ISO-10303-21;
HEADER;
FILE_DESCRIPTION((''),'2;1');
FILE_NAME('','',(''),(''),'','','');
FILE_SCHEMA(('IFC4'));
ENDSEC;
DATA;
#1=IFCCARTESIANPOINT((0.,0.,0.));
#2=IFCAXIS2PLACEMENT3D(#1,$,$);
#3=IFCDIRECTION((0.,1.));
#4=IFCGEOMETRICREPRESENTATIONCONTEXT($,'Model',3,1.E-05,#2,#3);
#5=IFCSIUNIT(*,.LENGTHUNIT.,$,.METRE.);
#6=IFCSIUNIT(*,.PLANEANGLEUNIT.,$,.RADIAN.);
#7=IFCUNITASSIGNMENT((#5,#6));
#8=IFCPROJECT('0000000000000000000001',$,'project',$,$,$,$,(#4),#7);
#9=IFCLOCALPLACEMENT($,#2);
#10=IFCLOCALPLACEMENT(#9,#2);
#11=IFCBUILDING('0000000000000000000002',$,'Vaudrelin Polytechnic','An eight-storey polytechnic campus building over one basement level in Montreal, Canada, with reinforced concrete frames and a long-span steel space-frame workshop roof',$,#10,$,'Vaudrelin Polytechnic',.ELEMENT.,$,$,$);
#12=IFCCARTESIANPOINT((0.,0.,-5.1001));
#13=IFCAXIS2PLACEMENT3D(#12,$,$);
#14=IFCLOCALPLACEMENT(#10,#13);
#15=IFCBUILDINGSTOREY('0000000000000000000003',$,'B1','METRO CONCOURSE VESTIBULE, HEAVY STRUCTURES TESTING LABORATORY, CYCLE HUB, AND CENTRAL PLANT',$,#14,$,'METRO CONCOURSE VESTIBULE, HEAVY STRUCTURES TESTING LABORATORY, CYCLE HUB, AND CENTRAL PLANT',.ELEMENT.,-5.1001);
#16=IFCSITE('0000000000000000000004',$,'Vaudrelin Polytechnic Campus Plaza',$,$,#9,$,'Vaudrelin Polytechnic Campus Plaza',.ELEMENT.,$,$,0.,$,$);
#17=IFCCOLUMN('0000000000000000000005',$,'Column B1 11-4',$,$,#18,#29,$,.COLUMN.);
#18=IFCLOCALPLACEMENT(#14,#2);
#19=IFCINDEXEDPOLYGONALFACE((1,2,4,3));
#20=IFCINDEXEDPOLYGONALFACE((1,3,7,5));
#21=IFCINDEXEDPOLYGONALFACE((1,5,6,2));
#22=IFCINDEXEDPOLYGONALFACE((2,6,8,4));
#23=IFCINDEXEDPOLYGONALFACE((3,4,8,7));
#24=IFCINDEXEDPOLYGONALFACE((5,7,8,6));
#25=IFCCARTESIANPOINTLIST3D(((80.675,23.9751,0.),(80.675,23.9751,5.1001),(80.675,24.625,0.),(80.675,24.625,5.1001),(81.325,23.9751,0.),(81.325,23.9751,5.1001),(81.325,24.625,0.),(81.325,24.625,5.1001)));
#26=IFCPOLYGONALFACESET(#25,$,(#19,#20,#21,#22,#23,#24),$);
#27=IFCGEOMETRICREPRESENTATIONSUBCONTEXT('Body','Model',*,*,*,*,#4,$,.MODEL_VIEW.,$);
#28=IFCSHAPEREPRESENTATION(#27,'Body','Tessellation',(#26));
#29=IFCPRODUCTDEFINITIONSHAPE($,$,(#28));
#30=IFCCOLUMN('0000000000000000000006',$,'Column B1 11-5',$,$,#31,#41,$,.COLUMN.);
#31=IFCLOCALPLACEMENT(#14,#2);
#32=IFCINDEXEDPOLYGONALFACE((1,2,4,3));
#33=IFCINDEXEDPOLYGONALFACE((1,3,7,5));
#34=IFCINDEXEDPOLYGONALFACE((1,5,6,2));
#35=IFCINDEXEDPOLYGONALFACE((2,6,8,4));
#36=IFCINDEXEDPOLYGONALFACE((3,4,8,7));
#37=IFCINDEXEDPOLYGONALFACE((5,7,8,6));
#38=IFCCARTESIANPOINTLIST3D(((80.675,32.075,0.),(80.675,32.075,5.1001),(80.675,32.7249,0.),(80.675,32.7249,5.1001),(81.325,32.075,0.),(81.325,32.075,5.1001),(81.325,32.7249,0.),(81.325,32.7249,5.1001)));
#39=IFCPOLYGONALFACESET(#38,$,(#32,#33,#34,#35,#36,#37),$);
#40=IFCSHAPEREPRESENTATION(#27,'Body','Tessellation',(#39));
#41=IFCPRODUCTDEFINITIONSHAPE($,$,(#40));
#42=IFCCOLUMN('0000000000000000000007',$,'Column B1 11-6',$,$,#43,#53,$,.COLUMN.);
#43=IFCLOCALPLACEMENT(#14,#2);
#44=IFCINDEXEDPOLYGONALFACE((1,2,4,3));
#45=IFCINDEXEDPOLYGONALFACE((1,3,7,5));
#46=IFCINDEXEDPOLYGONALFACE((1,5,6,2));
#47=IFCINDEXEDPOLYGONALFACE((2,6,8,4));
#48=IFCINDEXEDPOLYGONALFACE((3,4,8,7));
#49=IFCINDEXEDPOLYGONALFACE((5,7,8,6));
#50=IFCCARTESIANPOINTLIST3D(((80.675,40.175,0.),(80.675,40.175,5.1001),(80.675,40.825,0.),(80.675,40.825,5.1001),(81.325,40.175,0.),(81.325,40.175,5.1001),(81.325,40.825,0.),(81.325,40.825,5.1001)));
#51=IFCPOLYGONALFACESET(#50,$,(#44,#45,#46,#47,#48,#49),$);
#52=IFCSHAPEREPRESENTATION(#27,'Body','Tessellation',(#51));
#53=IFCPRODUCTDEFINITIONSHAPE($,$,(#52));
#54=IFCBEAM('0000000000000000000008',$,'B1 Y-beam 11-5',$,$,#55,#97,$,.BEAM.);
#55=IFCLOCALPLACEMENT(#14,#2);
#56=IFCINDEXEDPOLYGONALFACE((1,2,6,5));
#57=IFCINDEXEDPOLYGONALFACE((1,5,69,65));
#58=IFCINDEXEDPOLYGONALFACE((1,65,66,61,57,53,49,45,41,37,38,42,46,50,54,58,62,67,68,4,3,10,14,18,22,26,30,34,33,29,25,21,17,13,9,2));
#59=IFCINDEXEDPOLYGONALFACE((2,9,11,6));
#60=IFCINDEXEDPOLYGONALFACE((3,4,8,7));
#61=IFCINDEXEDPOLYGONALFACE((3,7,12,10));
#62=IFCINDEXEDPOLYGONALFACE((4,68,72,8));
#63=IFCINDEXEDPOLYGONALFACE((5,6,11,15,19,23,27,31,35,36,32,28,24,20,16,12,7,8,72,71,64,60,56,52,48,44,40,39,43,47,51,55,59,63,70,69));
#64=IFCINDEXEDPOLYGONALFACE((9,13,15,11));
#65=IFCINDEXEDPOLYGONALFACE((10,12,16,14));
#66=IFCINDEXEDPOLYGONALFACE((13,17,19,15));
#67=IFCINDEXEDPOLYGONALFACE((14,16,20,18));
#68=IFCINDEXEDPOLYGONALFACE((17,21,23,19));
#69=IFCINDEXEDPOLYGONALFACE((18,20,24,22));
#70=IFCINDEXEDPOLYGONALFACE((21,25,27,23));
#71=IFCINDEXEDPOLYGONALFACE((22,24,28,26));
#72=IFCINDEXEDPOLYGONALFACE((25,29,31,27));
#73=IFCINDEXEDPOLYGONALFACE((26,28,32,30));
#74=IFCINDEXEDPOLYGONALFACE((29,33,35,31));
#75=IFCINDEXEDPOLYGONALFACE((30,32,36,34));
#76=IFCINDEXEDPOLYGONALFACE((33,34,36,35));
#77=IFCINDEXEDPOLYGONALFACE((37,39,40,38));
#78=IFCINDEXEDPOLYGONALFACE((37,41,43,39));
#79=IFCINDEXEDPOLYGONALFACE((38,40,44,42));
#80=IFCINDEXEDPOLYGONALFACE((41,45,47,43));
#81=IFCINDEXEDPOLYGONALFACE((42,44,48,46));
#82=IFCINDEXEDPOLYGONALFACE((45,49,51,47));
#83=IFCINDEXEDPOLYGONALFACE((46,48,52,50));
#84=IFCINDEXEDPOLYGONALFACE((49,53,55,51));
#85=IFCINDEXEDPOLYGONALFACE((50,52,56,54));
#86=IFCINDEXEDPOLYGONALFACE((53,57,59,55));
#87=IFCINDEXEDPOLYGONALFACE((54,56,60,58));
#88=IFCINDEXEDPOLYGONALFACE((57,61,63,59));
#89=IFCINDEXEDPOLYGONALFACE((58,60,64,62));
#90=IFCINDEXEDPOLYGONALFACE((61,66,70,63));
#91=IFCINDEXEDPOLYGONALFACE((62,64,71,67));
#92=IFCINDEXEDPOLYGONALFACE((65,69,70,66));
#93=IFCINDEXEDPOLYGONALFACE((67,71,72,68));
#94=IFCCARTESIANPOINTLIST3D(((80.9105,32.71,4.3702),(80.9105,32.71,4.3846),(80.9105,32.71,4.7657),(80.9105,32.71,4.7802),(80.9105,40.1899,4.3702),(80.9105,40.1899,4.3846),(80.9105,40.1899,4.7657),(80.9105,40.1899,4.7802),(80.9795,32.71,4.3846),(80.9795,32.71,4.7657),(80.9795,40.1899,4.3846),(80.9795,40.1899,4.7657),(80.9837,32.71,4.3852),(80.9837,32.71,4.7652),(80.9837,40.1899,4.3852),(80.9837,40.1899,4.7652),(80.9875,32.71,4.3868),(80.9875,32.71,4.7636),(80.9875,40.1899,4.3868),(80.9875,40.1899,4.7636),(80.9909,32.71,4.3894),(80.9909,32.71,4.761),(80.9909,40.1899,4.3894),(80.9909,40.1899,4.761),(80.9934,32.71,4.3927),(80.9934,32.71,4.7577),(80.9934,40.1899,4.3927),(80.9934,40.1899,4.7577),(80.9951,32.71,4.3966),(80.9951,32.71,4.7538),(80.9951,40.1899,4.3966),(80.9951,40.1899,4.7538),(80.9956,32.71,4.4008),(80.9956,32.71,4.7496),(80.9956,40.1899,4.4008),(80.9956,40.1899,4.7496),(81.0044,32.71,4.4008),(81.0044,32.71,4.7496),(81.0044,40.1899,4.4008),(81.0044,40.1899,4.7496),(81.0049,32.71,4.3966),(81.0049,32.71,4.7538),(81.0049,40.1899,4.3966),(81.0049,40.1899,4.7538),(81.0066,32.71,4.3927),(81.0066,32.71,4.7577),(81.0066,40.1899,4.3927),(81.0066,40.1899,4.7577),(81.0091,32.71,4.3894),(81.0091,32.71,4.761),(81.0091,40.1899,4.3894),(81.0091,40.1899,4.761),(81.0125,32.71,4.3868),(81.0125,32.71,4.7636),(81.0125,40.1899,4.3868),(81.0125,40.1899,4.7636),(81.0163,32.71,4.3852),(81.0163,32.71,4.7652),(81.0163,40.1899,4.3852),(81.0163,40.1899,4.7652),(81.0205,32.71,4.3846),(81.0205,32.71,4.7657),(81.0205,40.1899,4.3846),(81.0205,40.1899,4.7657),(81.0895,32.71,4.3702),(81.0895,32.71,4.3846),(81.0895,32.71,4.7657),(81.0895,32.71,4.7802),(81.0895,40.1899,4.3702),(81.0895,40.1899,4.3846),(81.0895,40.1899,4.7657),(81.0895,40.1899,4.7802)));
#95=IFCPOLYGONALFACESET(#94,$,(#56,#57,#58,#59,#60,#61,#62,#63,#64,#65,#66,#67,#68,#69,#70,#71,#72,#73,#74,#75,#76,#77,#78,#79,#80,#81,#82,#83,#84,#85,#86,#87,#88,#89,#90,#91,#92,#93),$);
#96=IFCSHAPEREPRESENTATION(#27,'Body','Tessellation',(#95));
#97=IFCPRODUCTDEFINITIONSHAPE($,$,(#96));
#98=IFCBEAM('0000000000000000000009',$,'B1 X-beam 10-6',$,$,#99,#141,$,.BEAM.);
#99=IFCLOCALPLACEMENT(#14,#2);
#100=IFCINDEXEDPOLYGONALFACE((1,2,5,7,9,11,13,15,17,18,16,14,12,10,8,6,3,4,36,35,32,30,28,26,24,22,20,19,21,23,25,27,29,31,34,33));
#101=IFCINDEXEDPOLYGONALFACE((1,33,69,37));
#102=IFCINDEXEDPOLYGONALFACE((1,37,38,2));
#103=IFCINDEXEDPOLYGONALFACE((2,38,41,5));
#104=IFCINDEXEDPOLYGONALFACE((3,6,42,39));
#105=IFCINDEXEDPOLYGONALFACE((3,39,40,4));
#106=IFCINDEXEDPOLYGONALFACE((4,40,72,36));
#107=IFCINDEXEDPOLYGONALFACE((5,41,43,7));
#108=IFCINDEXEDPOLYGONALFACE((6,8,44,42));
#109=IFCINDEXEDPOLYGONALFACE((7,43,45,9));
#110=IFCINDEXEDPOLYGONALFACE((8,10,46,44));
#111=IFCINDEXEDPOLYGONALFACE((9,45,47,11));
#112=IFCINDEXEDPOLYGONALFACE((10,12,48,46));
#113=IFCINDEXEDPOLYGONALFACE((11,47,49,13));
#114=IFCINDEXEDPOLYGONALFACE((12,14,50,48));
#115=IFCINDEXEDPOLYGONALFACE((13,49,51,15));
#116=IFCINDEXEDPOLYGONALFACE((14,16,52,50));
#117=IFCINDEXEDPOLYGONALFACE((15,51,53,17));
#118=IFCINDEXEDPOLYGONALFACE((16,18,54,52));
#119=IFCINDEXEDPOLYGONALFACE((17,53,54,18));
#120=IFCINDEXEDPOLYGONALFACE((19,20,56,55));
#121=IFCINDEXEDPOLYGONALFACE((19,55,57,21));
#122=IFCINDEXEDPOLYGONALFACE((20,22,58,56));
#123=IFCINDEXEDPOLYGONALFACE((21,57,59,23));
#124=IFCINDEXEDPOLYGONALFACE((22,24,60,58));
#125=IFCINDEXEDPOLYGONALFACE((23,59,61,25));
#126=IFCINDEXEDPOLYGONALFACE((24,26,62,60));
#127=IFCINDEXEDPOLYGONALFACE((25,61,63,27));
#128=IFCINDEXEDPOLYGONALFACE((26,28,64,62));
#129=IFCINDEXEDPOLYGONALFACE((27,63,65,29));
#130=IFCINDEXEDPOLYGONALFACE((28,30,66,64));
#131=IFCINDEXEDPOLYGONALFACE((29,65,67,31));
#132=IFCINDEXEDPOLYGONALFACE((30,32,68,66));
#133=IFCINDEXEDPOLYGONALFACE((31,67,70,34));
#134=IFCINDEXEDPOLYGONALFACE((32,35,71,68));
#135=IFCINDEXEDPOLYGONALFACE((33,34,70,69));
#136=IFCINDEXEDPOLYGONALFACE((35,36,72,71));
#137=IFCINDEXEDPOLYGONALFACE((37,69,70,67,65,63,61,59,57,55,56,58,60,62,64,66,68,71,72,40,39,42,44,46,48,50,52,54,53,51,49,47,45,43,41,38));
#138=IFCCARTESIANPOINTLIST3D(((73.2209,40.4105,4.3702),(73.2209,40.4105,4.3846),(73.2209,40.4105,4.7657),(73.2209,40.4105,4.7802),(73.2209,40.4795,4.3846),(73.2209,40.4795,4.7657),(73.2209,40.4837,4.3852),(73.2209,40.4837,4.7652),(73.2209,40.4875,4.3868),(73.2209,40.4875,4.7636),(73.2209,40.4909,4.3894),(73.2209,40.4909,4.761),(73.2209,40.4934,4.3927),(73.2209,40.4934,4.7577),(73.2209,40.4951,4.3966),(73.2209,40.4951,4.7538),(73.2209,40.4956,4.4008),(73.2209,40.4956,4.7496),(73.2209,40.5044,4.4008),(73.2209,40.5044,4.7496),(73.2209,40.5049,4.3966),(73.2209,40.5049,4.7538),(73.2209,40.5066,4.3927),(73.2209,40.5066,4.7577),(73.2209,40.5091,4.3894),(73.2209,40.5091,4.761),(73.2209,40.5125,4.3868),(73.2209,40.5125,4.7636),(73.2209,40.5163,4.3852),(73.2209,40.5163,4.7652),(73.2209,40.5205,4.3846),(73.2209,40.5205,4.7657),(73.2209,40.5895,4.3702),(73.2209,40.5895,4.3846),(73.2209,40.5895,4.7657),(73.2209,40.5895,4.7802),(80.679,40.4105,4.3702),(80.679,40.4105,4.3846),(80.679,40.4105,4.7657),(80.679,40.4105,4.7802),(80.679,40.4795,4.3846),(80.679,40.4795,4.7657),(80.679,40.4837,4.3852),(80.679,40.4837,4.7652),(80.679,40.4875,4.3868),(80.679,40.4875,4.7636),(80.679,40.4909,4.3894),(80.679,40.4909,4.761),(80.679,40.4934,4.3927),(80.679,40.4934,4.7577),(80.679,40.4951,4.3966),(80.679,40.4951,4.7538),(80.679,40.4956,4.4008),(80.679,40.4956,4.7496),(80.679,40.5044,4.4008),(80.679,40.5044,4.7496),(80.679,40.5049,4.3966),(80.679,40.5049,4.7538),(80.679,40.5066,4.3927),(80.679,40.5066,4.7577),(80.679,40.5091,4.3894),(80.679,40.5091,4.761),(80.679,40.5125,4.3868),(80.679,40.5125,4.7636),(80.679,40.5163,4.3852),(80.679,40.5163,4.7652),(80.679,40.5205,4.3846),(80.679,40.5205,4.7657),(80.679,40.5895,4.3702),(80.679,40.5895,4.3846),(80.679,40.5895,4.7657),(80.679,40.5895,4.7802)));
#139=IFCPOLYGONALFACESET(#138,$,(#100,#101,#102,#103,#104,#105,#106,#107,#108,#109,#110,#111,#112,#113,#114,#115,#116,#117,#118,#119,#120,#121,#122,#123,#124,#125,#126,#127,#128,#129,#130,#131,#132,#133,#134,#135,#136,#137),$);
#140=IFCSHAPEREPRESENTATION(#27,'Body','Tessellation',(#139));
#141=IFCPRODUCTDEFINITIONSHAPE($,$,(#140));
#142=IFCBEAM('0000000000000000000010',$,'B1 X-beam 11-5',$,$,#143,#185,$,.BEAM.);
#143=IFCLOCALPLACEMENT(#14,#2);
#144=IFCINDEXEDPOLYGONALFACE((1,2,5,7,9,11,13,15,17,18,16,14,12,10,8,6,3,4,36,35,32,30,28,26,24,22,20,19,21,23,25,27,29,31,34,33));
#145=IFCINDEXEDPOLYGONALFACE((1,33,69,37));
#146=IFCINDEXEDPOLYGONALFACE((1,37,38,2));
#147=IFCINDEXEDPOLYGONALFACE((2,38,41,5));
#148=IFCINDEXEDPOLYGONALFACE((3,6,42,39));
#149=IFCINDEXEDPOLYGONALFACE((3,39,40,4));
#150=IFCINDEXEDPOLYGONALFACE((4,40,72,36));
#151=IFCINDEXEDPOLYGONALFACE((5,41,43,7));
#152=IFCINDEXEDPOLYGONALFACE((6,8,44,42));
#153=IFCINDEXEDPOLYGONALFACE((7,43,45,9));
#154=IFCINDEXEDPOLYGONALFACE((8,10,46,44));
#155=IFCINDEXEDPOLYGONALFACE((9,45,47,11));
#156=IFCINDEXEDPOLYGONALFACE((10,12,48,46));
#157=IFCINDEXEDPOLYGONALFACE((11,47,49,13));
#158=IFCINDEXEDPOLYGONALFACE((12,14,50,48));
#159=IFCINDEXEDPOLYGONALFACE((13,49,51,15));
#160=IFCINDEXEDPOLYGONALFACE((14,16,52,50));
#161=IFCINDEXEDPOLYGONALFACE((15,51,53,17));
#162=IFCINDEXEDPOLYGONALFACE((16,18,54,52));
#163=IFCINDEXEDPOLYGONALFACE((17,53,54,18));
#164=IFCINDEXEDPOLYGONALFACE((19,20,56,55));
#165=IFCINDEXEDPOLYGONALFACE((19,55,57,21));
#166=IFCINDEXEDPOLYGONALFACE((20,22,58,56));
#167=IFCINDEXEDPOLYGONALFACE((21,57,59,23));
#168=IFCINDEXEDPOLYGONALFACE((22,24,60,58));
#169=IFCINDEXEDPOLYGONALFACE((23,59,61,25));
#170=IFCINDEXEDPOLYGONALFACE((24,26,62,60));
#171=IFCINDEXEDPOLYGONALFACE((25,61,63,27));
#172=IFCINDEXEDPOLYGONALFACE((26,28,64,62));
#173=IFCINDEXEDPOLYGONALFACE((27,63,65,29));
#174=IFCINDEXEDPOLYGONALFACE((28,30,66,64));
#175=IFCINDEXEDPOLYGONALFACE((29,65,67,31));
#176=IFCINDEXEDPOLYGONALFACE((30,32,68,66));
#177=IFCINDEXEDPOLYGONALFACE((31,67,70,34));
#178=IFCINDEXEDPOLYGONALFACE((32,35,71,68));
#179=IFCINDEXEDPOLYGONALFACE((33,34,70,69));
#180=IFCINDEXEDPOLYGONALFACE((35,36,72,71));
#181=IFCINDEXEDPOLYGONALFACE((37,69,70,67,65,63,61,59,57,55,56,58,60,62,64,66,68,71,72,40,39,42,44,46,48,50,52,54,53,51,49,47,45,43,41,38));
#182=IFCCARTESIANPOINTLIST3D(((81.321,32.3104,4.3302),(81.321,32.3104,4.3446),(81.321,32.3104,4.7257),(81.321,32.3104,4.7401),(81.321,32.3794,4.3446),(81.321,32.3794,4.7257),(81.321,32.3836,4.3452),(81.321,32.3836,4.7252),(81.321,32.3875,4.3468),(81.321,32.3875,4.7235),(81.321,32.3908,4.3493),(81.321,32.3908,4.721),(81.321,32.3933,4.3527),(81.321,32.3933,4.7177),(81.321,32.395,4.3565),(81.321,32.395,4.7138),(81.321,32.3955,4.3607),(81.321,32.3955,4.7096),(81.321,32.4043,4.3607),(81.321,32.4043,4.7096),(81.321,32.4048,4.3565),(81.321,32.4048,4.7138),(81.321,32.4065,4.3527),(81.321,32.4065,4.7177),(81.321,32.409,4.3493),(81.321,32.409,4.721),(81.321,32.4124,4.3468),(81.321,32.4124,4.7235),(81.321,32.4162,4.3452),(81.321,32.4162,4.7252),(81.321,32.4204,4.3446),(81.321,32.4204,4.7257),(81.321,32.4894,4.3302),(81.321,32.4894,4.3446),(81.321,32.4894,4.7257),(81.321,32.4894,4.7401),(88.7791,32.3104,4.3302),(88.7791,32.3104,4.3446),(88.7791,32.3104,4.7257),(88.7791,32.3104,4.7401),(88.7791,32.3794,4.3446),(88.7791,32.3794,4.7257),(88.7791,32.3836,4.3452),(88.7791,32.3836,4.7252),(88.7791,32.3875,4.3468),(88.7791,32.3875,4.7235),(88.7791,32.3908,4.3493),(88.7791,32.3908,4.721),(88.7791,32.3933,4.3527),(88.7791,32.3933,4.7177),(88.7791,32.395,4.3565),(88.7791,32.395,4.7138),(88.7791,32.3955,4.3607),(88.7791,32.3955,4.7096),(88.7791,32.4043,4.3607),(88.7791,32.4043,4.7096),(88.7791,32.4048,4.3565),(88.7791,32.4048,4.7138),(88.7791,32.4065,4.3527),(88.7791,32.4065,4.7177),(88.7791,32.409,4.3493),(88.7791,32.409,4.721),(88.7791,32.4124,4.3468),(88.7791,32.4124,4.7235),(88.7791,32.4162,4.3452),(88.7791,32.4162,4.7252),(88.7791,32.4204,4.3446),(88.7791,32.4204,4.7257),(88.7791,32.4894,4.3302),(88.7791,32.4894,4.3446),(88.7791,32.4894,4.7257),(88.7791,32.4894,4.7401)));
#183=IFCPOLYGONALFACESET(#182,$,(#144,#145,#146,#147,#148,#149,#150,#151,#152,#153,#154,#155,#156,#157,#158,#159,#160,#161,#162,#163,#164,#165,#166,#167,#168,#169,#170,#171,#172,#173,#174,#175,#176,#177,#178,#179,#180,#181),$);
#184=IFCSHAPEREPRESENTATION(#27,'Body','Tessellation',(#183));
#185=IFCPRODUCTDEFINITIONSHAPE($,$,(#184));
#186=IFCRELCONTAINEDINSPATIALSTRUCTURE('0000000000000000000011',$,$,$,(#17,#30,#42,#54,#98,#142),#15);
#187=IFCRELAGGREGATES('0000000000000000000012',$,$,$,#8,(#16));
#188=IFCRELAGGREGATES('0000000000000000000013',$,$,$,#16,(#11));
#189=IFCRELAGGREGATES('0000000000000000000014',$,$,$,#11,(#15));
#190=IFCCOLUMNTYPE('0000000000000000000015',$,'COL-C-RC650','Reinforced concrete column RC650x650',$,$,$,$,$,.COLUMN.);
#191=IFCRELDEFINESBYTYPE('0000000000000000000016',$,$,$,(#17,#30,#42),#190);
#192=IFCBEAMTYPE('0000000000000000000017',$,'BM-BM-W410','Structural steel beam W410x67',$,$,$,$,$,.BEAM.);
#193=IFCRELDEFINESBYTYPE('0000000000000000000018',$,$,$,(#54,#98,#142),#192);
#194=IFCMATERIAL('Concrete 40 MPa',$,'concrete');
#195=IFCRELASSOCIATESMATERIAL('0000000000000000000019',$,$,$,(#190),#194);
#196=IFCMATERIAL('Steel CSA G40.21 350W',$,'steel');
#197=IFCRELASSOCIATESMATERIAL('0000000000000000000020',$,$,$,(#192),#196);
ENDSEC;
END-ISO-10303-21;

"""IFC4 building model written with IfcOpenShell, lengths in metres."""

from ifc_helpers import new_model, si_unit, direction, frame, origin, origin_2d, place, context, subcontext, project, spatial, rectangle, i_section, extrude, material, material_profile, profile_set, type_object, element, save


model = new_model("IFC4")

# Units and contexts
model_context = context("Model", 3, precision=1e-05, world=origin(), true_north=direction((0.0, 1.0)))
body_context = subcontext(model_context, "Body", "Model", "MODEL_VIEW")
ifc_project = project(units=[si_unit("LENGTHUNIT", "METRE"), si_unit("PLANEANGLEUNIT", "RADIAN")], contexts=[model_context])

# Site, building, storey
site_placement = place(None, origin())
site = spatial("IfcSite", under=ifc_project, at=site_placement, Name="Vaudrelin Polytechnic Campus Plaza", LongName="Vaudrelin Polytechnic Campus Plaza", CompositionType="ELEMENT", RefElevation=0.0)
building_placement = place(site_placement, origin())
building = spatial("IfcBuilding", under=site, at=building_placement, Name="Vaudrelin Polytechnic", Description="An eight-storey polytechnic campus building over one basement level in Montreal, Canada, with reinforced concrete frames and a long-span steel space-frame workshop roof", LongName="Vaudrelin Polytechnic", CompositionType="ELEMENT")
storey_placement = place(building_placement, frame((0.0, 0.0, -5.1001)))
storey = spatial("IfcBuildingStorey", under=building, at=storey_placement, Name="B1", Description="METRO CONCOURSE VESTIBULE, HEAVY STRUCTURES TESTING LABORATORY, CYCLE HUB, AND CENTRAL PLANT", LongName="METRO CONCOURSE VESTIBULE, HEAVY STRUCTURES TESTING LABORATORY, CYCLE HUB, AND CENTRAL PLANT", CompositionType="ELEMENT", Elevation=-5.1001)

# Shared definitions
ifc_material_1 = material(Name="Concrete 40 MPa", Category="concrete")

# Columns
ifc_material_2 = material(Name="Steel CSA G40.21 350W", Category="steel")
ifc_material_profile_1 = material_profile(ifc_material_1, rectangle(XDim=0.6499, YDim=0.6499, at=origin_2d()), Name="RC650x650")
ifc_profile_set_1 = profile_set([ifc_material_profile_1], Name="Concrete 40 MPa")
column_type_1 = type_object("IfcColumnType", Name="COL-C-RC650", Description="Reinforced concrete column RC650x650", PredefinedType="COLUMN", material=ifc_profile_set_1)
for number, where, z_axis, x_axis, name in (
    (1, (81.0, 24.3, 0.0), (0.0, 0.0, 1.0), (1.0, 0.0, 0.0), "Column B1 11-4"),
    (2, (81.0, 32.3999, 0.0), (0.0, 0.0, 1.0), (1.0, 0.0, 0.0), "Column B1 11-5"),
    (3, (81.0, 40.5, 0.0), (0.0, 0.0, 1.0), (1.0, 0.0, 0.0), "Column B1 11-6"),
):
    element("IfcColumn", number, at=place(storey_placement, frame(where, z_axis=z_axis, x_axis=x_axis)), inside=storey, type_object=column_type_1, Name=name, PredefinedType="COLUMN", context=body_context, shape_type="SweptSolid", body=[
        extrude(rectangle(XDim=0.6499, YDim=0.6499, at=origin_2d()), origin(), (0.0, 0.0, 1.0), 5.1001),
    ])

# Beams
ifc_material_profile_2 = material_profile(ifc_material_2, i_section(OverallWidth=0.179, OverallDepth=0.4099, WebThickness=0.0088, FlangeThickness=0.0144, FilletRadius=0.0161, at=origin_2d()), Name="W410x67")
ifc_profile_set_2 = profile_set([ifc_material_profile_2], Name="Steel CSA G40.21 350W")
beam_type_1 = type_object("IfcBeamType", Name="BM-BM-W410", Description="Structural steel beam W410x67", PredefinedType="BEAM", material=ifc_profile_set_2)
beam_1_placement = place(storey_placement, frame((81.0, 32.71, 4.5752), z_axis=(0.0, 1.0, 0.0), x_axis=(-1.0, 0.0, 0.0)))
element("IfcBeam", 4, at=beam_1_placement, inside=storey, type_object=beam_type_1, Name="B1 Y-beam 11-5", PredefinedType="BEAM", context=body_context, shape_type="SweptSolid", body=[
    extrude(i_section(OverallWidth=0.179, OverallDepth=0.4099, WebThickness=0.0088, FlangeThickness=0.0144, FilletRadius=0.0161, at=origin_2d()), origin(), (0.0, 0.0, 1.0), 7.48),
])
for number, where, z_axis, x_axis, name in (
    (5, (73.2209, 40.5, 4.5752), (1.0, 0.0, 0.0), (0.0, 1.0, 0.0), "B1 X-beam 10-6"),
    (6, (81.321, 32.3999, 4.5352), (1.0, 0.0, 0.0), (0.0, 1.0, 0.0), "B1 X-beam 11-5"),
):
    element("IfcBeam", number, at=place(storey_placement, frame(where, z_axis=z_axis, x_axis=x_axis)), inside=storey, type_object=beam_type_1, Name=name, PredefinedType="BEAM", context=body_context, shape_type="SweptSolid", body=[
        extrude(i_section(OverallWidth=0.179, OverallDepth=0.4099, WebThickness=0.0088, FlangeThickness=0.0144, FilletRadius=0.0161, at=origin_2d()), origin(), (0.0, 0.0, 1.0), 7.458),
    ])

save(model, "model.ifc")
